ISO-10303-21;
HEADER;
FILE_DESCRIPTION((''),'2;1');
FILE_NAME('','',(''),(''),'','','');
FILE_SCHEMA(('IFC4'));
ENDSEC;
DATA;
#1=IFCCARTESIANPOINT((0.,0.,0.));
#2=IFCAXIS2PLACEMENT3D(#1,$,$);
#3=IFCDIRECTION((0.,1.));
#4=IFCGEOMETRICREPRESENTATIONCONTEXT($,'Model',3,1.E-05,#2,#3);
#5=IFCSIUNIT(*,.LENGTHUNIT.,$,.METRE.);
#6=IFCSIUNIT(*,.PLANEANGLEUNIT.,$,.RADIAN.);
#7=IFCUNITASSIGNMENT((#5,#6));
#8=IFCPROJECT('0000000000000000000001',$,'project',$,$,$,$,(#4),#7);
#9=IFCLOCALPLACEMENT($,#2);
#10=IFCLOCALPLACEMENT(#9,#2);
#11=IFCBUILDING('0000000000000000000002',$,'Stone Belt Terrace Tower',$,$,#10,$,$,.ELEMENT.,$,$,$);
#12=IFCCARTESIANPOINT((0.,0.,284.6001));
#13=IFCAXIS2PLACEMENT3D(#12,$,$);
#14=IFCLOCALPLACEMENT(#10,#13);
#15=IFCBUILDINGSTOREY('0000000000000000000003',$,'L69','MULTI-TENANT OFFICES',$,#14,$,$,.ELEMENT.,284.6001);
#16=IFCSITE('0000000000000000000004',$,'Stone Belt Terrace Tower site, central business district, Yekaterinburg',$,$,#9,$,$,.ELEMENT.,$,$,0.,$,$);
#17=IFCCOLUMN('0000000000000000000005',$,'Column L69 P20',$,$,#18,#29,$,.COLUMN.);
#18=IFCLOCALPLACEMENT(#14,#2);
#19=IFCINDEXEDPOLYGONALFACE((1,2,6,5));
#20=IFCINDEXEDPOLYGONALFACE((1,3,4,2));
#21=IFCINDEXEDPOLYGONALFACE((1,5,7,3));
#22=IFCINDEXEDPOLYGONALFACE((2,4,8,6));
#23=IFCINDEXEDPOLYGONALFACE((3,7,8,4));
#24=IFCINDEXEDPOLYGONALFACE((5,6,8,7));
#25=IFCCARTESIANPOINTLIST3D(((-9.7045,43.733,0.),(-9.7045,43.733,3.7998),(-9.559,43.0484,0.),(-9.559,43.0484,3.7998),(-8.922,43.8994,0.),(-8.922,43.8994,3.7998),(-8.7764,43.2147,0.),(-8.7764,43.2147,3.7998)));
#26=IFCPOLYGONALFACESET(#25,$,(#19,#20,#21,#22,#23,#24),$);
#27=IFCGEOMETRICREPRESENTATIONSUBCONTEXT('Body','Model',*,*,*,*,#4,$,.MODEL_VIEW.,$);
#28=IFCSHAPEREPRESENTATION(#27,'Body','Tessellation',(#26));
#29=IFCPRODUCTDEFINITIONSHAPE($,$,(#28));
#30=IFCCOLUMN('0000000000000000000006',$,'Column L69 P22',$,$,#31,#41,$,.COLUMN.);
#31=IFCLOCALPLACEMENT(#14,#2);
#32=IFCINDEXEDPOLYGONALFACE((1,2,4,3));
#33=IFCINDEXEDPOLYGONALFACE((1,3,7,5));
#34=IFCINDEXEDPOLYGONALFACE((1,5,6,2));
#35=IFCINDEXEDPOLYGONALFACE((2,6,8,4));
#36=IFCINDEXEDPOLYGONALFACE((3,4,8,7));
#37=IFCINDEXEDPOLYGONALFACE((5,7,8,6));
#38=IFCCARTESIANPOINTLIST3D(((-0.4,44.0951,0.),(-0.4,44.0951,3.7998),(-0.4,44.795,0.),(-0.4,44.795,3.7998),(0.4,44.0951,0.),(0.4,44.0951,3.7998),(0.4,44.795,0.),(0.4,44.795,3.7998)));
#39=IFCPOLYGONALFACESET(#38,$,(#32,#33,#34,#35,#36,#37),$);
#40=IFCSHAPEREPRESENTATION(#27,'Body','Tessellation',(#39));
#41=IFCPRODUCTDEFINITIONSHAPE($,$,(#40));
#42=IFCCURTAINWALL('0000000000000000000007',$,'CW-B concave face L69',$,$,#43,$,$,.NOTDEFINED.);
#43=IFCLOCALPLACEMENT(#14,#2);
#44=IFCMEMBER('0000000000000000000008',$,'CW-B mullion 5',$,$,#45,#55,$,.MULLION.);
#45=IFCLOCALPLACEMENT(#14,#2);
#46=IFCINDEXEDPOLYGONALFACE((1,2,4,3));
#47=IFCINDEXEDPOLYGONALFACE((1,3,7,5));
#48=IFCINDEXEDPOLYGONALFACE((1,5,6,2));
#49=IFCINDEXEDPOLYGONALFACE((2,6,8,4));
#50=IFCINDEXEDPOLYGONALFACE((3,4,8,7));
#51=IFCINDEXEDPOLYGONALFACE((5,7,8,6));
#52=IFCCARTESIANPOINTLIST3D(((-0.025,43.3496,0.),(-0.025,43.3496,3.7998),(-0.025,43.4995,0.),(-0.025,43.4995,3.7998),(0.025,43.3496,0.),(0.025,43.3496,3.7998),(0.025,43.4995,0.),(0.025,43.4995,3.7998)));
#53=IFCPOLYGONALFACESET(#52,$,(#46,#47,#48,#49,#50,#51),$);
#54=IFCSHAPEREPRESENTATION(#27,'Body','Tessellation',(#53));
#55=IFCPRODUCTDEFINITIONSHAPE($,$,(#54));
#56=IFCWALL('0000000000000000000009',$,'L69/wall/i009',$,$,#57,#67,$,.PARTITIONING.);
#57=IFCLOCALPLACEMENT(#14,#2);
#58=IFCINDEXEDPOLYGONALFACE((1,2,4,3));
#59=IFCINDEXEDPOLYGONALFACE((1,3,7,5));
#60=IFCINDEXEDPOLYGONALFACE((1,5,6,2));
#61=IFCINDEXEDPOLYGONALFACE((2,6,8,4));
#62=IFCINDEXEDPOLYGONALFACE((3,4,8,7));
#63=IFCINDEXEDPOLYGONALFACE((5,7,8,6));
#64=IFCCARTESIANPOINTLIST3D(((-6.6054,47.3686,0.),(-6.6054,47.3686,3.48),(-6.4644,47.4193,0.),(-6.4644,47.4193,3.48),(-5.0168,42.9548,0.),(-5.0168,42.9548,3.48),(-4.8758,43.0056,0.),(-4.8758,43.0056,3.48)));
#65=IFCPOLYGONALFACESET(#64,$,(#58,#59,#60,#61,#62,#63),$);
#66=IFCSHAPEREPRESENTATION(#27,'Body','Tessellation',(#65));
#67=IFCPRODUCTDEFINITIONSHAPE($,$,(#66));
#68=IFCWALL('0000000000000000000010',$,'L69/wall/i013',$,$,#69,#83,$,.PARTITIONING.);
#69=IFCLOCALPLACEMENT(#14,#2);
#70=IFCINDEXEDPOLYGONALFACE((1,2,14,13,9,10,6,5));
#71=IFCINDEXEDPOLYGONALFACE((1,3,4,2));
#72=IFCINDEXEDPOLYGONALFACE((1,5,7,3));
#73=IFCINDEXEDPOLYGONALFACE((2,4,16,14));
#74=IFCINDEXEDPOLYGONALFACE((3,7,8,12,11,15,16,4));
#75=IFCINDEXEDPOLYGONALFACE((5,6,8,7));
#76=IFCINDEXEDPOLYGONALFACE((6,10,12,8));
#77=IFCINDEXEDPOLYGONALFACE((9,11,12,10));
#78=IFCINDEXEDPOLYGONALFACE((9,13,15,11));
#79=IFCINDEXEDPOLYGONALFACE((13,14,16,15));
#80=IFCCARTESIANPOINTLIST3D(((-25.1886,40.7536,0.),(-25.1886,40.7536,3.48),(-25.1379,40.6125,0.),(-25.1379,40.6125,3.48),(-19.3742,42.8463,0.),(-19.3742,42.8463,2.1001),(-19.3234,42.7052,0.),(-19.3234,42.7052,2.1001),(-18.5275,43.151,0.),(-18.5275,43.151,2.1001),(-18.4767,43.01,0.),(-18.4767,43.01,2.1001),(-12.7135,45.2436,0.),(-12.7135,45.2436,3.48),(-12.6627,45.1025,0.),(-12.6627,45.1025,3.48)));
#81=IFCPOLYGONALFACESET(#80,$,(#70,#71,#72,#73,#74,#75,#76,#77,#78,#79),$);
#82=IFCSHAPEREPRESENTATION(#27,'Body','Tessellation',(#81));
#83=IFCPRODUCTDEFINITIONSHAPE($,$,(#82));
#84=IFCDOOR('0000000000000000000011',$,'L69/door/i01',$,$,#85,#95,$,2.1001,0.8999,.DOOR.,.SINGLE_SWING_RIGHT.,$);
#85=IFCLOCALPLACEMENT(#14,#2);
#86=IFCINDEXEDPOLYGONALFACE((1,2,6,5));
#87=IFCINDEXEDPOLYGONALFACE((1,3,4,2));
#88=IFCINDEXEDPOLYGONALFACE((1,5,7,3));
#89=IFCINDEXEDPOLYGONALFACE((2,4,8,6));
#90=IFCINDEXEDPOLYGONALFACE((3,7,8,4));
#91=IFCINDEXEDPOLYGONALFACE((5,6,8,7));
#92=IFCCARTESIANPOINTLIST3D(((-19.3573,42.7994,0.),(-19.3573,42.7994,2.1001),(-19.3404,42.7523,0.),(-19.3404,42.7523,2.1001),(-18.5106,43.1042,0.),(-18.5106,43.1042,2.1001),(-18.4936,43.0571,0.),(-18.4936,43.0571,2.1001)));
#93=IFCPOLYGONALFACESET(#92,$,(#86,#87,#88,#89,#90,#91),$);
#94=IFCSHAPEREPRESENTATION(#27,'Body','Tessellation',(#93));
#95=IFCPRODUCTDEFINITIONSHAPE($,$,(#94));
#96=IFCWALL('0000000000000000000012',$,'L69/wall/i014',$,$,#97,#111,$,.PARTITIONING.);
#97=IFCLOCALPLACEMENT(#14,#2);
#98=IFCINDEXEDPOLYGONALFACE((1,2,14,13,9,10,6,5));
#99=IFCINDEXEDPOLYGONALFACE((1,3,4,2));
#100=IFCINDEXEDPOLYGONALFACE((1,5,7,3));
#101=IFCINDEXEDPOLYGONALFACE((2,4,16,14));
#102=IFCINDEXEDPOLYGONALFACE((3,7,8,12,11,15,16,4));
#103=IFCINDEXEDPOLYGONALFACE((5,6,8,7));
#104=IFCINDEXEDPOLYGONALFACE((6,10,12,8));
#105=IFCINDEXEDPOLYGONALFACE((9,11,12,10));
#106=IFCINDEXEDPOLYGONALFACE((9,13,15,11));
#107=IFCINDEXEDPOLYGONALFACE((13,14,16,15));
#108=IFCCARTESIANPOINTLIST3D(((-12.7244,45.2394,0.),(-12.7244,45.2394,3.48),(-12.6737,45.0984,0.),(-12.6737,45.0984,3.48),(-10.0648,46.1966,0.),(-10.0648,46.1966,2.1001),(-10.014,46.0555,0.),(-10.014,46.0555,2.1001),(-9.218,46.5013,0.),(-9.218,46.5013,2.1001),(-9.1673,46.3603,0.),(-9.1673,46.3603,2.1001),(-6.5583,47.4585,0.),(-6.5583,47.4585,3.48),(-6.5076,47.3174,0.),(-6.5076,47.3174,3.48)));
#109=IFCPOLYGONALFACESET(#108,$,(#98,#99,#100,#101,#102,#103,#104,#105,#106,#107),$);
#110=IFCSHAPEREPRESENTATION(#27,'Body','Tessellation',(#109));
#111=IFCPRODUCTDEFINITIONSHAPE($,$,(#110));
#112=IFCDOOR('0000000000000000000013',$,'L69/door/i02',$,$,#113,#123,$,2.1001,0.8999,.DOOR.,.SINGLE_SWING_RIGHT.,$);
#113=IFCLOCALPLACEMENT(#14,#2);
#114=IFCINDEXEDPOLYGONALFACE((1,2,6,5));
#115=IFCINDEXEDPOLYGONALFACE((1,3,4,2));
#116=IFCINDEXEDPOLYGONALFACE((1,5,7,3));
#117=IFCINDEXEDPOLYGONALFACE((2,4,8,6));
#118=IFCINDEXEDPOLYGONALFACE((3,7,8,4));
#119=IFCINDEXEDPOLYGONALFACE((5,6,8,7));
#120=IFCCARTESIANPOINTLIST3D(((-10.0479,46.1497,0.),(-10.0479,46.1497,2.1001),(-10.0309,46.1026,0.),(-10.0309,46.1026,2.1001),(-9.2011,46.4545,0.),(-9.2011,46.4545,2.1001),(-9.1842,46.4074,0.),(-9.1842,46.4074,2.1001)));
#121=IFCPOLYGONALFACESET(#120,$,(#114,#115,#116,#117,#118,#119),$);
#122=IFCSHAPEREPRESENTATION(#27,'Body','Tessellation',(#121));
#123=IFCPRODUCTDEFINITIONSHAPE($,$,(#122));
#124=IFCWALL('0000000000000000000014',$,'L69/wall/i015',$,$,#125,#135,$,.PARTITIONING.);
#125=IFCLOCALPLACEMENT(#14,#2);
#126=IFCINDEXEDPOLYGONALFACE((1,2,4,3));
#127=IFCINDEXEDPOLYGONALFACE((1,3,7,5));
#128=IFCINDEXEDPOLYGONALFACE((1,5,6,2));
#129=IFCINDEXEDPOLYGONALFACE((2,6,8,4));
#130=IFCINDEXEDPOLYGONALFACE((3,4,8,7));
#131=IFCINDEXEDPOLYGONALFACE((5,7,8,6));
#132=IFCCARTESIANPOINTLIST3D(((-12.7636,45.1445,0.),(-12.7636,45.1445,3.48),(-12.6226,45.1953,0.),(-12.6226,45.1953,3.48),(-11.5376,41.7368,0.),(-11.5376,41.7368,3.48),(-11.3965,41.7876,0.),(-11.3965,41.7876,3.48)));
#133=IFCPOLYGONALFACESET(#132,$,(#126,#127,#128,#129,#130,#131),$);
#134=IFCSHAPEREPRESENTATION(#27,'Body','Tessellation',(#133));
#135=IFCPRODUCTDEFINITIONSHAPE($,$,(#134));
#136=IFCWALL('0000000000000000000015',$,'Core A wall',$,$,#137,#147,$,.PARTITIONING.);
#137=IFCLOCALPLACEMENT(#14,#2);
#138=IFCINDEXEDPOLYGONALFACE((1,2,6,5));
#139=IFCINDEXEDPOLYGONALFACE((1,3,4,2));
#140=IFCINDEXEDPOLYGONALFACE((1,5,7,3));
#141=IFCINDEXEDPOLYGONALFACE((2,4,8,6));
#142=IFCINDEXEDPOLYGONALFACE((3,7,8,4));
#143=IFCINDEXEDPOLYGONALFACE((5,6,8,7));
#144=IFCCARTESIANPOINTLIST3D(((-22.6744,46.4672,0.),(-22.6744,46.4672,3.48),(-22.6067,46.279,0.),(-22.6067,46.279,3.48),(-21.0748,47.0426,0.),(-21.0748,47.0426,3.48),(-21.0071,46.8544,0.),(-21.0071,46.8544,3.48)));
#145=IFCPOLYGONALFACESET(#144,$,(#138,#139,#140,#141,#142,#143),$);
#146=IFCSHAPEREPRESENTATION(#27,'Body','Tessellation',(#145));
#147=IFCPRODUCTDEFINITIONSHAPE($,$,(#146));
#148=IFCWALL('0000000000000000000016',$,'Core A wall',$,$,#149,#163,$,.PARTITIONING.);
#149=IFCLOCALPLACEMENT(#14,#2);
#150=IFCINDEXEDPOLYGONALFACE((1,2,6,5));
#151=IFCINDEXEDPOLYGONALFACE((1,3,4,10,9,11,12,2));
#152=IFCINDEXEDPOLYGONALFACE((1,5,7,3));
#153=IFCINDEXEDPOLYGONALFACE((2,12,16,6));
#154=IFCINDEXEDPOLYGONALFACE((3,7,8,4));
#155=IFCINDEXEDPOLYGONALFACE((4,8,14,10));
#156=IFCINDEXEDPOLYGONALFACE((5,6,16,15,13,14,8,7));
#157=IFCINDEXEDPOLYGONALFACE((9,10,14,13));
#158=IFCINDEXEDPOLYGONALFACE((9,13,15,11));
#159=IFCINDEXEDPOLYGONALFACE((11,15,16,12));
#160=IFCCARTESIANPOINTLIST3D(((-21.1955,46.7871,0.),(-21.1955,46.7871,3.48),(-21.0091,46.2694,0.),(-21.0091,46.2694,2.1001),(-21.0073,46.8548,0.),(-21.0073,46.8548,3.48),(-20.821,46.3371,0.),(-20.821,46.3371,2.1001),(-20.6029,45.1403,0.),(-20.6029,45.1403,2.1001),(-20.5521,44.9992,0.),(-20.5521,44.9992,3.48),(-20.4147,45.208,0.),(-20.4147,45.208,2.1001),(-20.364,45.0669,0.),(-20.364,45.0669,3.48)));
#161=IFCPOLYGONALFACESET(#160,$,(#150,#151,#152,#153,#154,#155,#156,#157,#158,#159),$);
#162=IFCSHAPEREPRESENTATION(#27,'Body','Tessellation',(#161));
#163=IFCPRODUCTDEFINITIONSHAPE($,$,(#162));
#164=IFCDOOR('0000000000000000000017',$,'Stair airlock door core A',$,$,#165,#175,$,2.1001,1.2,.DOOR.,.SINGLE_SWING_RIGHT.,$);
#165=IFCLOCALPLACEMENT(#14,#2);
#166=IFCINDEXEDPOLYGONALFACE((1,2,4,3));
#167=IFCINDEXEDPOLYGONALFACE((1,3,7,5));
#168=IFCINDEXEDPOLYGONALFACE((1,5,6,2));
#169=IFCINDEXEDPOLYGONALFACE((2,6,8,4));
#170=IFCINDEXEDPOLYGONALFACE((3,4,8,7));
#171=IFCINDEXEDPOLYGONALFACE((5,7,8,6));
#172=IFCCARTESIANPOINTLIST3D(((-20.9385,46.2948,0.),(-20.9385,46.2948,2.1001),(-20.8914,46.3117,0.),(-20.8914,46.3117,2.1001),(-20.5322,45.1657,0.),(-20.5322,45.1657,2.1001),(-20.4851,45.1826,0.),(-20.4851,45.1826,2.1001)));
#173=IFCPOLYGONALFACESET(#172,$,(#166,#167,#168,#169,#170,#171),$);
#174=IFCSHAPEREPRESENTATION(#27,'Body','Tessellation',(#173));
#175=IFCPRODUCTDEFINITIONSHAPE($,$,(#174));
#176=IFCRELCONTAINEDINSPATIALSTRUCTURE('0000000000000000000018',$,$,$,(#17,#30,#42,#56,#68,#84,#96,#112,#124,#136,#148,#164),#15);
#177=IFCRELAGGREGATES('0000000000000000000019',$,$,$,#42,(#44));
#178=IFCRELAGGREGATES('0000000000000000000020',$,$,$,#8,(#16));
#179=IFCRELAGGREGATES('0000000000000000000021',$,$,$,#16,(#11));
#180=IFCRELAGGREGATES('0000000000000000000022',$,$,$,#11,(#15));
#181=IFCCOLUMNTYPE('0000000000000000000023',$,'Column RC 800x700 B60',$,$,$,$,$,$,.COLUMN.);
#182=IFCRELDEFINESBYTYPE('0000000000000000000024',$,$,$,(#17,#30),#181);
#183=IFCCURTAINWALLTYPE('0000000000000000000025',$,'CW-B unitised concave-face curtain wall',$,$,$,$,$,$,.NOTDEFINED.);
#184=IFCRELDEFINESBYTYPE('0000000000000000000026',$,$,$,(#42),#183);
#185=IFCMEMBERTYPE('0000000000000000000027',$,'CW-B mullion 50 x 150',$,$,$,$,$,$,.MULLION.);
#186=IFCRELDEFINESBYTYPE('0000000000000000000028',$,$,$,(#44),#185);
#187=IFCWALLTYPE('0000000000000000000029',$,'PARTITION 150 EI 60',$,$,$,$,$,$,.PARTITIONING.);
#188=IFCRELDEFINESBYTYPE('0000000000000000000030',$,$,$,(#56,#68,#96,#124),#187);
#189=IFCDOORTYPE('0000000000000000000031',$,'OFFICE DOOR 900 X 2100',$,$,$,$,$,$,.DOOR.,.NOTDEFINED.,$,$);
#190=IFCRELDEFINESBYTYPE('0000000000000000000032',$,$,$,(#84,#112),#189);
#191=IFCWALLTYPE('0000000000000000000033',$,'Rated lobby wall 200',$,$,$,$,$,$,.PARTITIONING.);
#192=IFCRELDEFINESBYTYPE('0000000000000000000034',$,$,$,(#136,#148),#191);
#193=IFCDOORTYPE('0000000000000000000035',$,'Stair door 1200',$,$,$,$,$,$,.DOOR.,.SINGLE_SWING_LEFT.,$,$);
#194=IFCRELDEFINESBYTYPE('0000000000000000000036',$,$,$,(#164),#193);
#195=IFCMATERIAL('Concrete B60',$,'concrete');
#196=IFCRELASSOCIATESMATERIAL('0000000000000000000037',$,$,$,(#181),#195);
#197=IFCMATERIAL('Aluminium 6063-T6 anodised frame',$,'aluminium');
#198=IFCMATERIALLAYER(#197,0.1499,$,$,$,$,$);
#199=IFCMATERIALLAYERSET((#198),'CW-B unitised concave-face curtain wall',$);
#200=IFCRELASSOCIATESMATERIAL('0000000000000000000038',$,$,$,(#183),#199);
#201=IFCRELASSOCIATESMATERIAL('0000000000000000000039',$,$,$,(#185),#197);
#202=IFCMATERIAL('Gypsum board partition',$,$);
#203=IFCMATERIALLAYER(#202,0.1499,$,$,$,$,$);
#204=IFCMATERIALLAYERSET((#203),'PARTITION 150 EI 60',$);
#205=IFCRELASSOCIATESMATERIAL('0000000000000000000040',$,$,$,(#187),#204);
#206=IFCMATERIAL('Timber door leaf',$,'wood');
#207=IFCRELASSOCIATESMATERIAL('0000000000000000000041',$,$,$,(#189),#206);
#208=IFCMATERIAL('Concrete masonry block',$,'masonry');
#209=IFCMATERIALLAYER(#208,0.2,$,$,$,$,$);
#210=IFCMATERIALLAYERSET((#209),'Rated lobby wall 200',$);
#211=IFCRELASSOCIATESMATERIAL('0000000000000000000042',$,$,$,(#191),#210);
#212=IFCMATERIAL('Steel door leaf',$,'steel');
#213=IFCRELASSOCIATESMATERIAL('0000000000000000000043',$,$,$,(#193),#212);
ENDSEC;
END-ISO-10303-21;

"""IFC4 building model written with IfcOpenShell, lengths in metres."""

from ifc_helpers import new_model, si_unit, direction, frame, frame_2d, origin, origin_2d, place, context, subcontext, project, spatial, rectangle, extrude, material, layer, layer_set, material_profile, profile_set, type_object, element, fill, aggregate, save


model = new_model("IFC4")

# Units and contexts
model_context = context("Model", 3, precision=1e-05, world=origin(), true_north=direction((0.0, 1.0)))
body_context = subcontext(model_context, "Body", "Model", "MODEL_VIEW")
ifc_project = project(units=[si_unit("LENGTHUNIT", "METRE"), si_unit("PLANEANGLEUNIT", "RADIAN")], contexts=[model_context])

# Site, building, storey
site_placement = place(None, origin())
site = spatial("IfcSite", under=ifc_project, at=site_placement, Name="Stone Belt Terrace Tower site, central business district, Yekaterinburg", CompositionType="ELEMENT", RefElevation=0.0)
building_placement = place(site_placement, origin())
building = spatial("IfcBuilding", under=site, at=building_placement, Name="Stone Belt Terrace Tower", CompositionType="ELEMENT")
storey_placement = place(building_placement, frame((0.0, 0.0, 284.6001)))
storey = spatial("IfcBuildingStorey", under=building, at=storey_placement, Name="L69", Description="MULTI-TENANT OFFICES", CompositionType="ELEMENT", Elevation=284.6001)

# Columns
ifc_material_1 = material(Name="Concrete B60", Category="concrete")
ifc_material_profile_1 = material_profile(ifc_material_1, rectangle(XDim=0.8, YDim=0.7, at=origin_2d()), Name="RC 800x700")
ifc_profile_set_1 = profile_set([ifc_material_profile_1], Name="Concrete B60")
column_type = type_object("IfcColumnType", Name="Column RC 800x700 B60", PredefinedType="COLUMN", material=ifc_profile_set_1)
for number, where, z_axis, x_axis, name in (
    (1, (-9.2405, 43.4739, 0.0), (0.0, 0.0, 1.0), (0.978148, 0.207912, 0.0), "Column L69 P20"),
    (2, (0.0, 44.4451, 0.0), (0.0, 0.0, 1.0), (1.0, 0.0, 0.0), "Column L69 P22"),
):
    element("IfcColumn", number, at=place(storey_placement, frame(where, z_axis=z_axis, x_axis=x_axis)), inside=storey, type_object=column_type, Name=name, PredefinedType="COLUMN", context=body_context, shape_type="SweptSolid", body=[
        extrude(rectangle(XDim=0.8, YDim=0.7, at=origin_2d()), origin(), (0.0, 0.0, 1.0), 3.7998),
    ])

# Curtain wall, member
ifc_material_2 = material(Name="Aluminium 6063-T6 anodised frame", Category="aluminium")
ifc_layer_1 = layer(ifc_material_2, 0.1499)
ifc_layer_set_1 = layer_set([ifc_layer_1], Name="CW-B unitised concave-face curtain wall")
curtain_wall_type = type_object("IfcCurtainWallType", Name="CW-B unitised concave-face curtain wall", PredefinedType="NOTDEFINED", material=ifc_layer_set_1)
curtain_wall_placement = place(storey_placement, origin())
curtain_wall = element("IfcCurtainWall", 3, at=curtain_wall_placement, inside=storey, type_object=curtain_wall_type, Name="CW-B concave face L69", PredefinedType="NOTDEFINED")
ifc_material_profile_2 = material_profile(ifc_material_2, rectangle(XDim=0.1499, YDim=0.05, at=origin_2d()), Name="Aluminium 6063-T6 50x150")
ifc_profile_set_2 = profile_set([ifc_material_profile_2], Name="Aluminium 6063-T6 anodised frame")
member_type = type_object("IfcMemberType", Name="CW-B mullion 50 x 150", PredefinedType="MULLION", material=ifc_profile_set_2)
member_placement = place(storey_placement, frame((0.0, 43.4246, 0.0), z_axis=(0.0, 0.0, 1.0), x_axis=(0.0, 1.0, 0.0)))
member = element("IfcMember", 4, at=member_placement, type_object=member_type, Name="CW-B mullion 5", PredefinedType="MULLION", context=body_context, shape_type="SweptSolid", body=[
    extrude(rectangle(XDim=0.1499, YDim=0.05, at=origin_2d()), origin(), (0.0, 0.0, 1.0), 3.7998),
])
aggregate(curtain_wall, [member])

# Wall
ifc_material_3 = material(Name="Gypsum board partition")
ifc_layer_2 = layer(ifc_material_3, 0.1499)
ifc_layer_set_2 = layer_set([ifc_layer_2], Name="PARTITION 150 EI 60")
wall_type_1 = type_object("IfcWallType", Name="PARTITION 150 EI 60", PredefinedType="PARTITIONING", material=ifc_layer_set_2)
wall_1_placement = place(storey_placement, frame((-4.9463, 42.9802, 0.0), z_axis=(0.0, 0.0, 1.0), x_axis=(-0.338653, 0.940911, 0.0)))
element("IfcWall", 5, at=wall_1_placement, inside=storey, type_object=wall_type_1, Name="L69/wall/i009", PredefinedType="PARTITIONING", context=body_context, shape_type="SweptSolid", body=[
    extrude(rectangle(XDim=4.6909, YDim=0.1499, at=frame_2d((2.3455, 0.0))), origin(), (0.0, 0.0, 1.0), 3.48),
])

# Walls, openings, doors
wall_2_placement = place(storey_placement, frame((-12.688, 45.1731, 0.0), z_axis=(0.0, 0.0, 1.0), x_axis=(-0.940913, -0.33865, 0.0)))
wall_2 = element("IfcWall", 6, at=wall_2_placement, inside=storey, type_object=wall_type_1, Name="L69/wall/i013", PredefinedType="PARTITIONING", context=body_context, shape_type="SweptSolid", body=[
    extrude(rectangle(XDim=13.2585, YDim=0.1499, at=frame_2d((6.6294, 0.0))), origin(), (0.0, 0.0, 1.0), 3.48),
])
opening_1_placement = place(wall_2_placement, frame((6.1792, 0.0, 0.0)))
opening_1 = element("IfcOpeningElement", 7, at=opening_1_placement, cuts=wall_2, PredefinedType="OPENING", context=body_context, shape_type="SweptSolid", body=[
    extrude(rectangle(XDim=0.8999, YDim=2.1001, at=frame_2d((0.45, 1.05))), frame((0.0, 0.085, 0.0), z_axis=(0.0, -1.0, 0.0), x_axis=(1.0, 0.0, 0.0)), (0.0, 0.0, 1.0), 0.1699),
])
ifc_material_4 = material(Name="Timber door leaf", Category="wood")
door_type_1 = type_object("IfcDoorType", Name="OFFICE DOOR 900 X 2100", OperationType="NOTDEFINED", PredefinedType="DOOR", material=ifc_material_4)
door_1_placement = place(opening_1_placement, origin())
door_1 = element("IfcDoor", 8, at=door_1_placement, inside=storey, type_object=door_type_1, Name="L69/door/i01", OperationType="SINGLE_SWING_RIGHT", OverallHeight=2.1001, OverallWidth=0.8999, PredefinedType="DOOR", context=body_context, shape_type="SweptSolid", body=[
    extrude(rectangle(XDim=0.8999, YDim=2.1001, at=frame_2d((0.45, 1.05))), frame((0.0, 0.0249, 0.0), z_axis=(0.0, -1.0, 0.0), x_axis=(1.0, 0.0, 0.0)), (0.0, 0.0, 1.0), 0.05),
])
fill(opening_1, door_1)
wall_3_placement = place(storey_placement, frame((-6.533, 47.3879, 0.0), z_axis=(0.0, 0.0, 1.0), x_axis=(-0.940925, -0.338615, 0.0)))
wall_3 = element("IfcWall", 9, at=wall_3_placement, inside=storey, type_object=wall_type_1, Name="L69/wall/i014", PredefinedType="PARTITIONING", context=body_context, shape_type="SweptSolid", body=[
    extrude(rectangle(XDim=6.5532, YDim=0.1499, at=frame_2d((3.2766, 0.0))), origin(), (0.0, 0.0, 1.0), 3.48),
])
opening_2_placement = place(wall_3_placement, frame((2.8267, 0.0, 0.0)))
opening_2 = element("IfcOpeningElement", 10, at=opening_2_placement, cuts=wall_3, PredefinedType="OPENING", context=body_context, shape_type="SweptSolid", body=[
    extrude(rectangle(XDim=0.8999, YDim=2.1001, at=frame_2d((0.45, 1.05))), frame((0.0, 0.085, 0.0), z_axis=(0.0, -1.0, 0.0), x_axis=(1.0, 0.0, 0.0)), (0.0, 0.0, 1.0), 0.1699),
])
door_2_placement = place(opening_2_placement, origin())
door_2 = element("IfcDoor", 11, at=door_2_placement, inside=storey, type_object=door_type_1, Name="L69/door/i02", OperationType="SINGLE_SWING_RIGHT", OverallHeight=2.1001, OverallWidth=0.8999, PredefinedType="DOOR", context=body_context, shape_type="SweptSolid", body=[
    extrude(rectangle(XDim=0.8999, YDim=2.1001, at=frame_2d((0.45, 1.05))), frame((0.0, 0.0249, 0.0), z_axis=(0.0, -1.0, 0.0), x_axis=(1.0, 0.0, 0.0)), (0.0, 0.0, 1.0), 0.05),
])
fill(opening_2, door_2)

# Walls
wall_4_placement = place(storey_placement, frame((-12.6931, 45.1699, 0.0), z_axis=(0.0, 0.0, 1.0), x_axis=(0.338548, -0.940949, 0.0)))
element("IfcWall", 12, at=wall_4_placement, inside=storey, type_object=wall_type_1, Name="L69/wall/i015", PredefinedType="PARTITIONING", context=body_context, shape_type="SweptSolid", body=[
    extrude(rectangle(XDim=3.6216, YDim=0.1499, at=frame_2d((1.8108, 0.0))), origin(), (0.0, 0.0, 1.0), 3.48),
])
ifc_material_5 = material(Name="Concrete masonry block", Category="masonry")
ifc_layer_3 = layer(ifc_material_5, 0.2)
ifc_layer_set_3 = layer_set([ifc_layer_3], Name="Rated lobby wall 200")
wall_type_2 = type_object("IfcWallType", Name="Rated lobby wall 200", PredefinedType="PARTITIONING", material=ifc_layer_set_3)
wall_5_placement = place(storey_placement, frame((-22.6406, 46.373, 0.0), z_axis=(0.0, 0.0, 1.0), x_axis=(0.940966, 0.338501, 0.0)))
element("IfcWall", 13, at=wall_5_placement, inside=storey, type_object=wall_type_2, Name="Core A wall", PredefinedType="PARTITIONING", context=body_context, shape_type="SweptSolid", body=[
    extrude(rectangle(XDim=1.7, YDim=0.2, at=frame_2d((0.8501, 0.0))), origin(), (0.0, 0.0, 1.0), 3.48),
])

# Wall, opening, door
wall_6_placement = place(storey_placement, frame((-20.458, 45.033, 0.0), z_axis=(0.0, 0.0, 1.0), x_axis=(-0.338574, 0.94094, 0.0)))
wall_6 = element("IfcWall", 14, at=wall_6_placement, inside=storey, type_object=wall_type_2, Name="Core A wall", PredefinedType="PARTITIONING", context=body_context, shape_type="SweptSolid", body=[
    extrude(rectangle(XDim=1.9001, YDim=0.2, at=frame_2d((0.9502, 0.0))), origin(), (0.0, 0.0, 1.0), 3.48),
])
opening_3_placement = place(wall_6_placement, frame((0.1499, 0.0, 0.0)))
opening_3 = element("IfcOpeningElement", 15, at=opening_3_placement, cuts=wall_6, PredefinedType="OPENING", context=body_context, shape_type="SweptSolid", body=[
    extrude(rectangle(XDim=1.2, YDim=2.1001, at=frame_2d((0.6001, 1.05))), frame((0.0, 0.1099, 0.0), z_axis=(0.0, -1.0, 0.0), x_axis=(1.0, 0.0, 0.0)), (0.0, 0.0, 1.0), 0.22),
])
ifc_material_6 = material(Name="Steel door leaf", Category="steel")
door_type_2 = type_object("IfcDoorType", Name="Stair door 1200", OperationType="SINGLE_SWING_LEFT", PredefinedType="DOOR", material=ifc_material_6)
door_3_placement = place(opening_3_placement, origin())
door_3 = element("IfcDoor", 16, at=door_3_placement, inside=storey, type_object=door_type_2, Name="Stair airlock door core A", OperationType="SINGLE_SWING_RIGHT", OverallHeight=2.1001, OverallWidth=1.2, PredefinedType="DOOR", context=body_context, shape_type="SweptSolid", body=[
    extrude(rectangle(XDim=1.2, YDim=2.1001, at=frame_2d((0.6001, 1.05))), frame((0.0, 0.0249, 0.0), z_axis=(0.0, -1.0, 0.0), x_axis=(1.0, 0.0, 0.0)), (0.0, 0.0, 1.0), 0.05),
])
fill(opening_3, door_3)

save(model, "model.ifc")
